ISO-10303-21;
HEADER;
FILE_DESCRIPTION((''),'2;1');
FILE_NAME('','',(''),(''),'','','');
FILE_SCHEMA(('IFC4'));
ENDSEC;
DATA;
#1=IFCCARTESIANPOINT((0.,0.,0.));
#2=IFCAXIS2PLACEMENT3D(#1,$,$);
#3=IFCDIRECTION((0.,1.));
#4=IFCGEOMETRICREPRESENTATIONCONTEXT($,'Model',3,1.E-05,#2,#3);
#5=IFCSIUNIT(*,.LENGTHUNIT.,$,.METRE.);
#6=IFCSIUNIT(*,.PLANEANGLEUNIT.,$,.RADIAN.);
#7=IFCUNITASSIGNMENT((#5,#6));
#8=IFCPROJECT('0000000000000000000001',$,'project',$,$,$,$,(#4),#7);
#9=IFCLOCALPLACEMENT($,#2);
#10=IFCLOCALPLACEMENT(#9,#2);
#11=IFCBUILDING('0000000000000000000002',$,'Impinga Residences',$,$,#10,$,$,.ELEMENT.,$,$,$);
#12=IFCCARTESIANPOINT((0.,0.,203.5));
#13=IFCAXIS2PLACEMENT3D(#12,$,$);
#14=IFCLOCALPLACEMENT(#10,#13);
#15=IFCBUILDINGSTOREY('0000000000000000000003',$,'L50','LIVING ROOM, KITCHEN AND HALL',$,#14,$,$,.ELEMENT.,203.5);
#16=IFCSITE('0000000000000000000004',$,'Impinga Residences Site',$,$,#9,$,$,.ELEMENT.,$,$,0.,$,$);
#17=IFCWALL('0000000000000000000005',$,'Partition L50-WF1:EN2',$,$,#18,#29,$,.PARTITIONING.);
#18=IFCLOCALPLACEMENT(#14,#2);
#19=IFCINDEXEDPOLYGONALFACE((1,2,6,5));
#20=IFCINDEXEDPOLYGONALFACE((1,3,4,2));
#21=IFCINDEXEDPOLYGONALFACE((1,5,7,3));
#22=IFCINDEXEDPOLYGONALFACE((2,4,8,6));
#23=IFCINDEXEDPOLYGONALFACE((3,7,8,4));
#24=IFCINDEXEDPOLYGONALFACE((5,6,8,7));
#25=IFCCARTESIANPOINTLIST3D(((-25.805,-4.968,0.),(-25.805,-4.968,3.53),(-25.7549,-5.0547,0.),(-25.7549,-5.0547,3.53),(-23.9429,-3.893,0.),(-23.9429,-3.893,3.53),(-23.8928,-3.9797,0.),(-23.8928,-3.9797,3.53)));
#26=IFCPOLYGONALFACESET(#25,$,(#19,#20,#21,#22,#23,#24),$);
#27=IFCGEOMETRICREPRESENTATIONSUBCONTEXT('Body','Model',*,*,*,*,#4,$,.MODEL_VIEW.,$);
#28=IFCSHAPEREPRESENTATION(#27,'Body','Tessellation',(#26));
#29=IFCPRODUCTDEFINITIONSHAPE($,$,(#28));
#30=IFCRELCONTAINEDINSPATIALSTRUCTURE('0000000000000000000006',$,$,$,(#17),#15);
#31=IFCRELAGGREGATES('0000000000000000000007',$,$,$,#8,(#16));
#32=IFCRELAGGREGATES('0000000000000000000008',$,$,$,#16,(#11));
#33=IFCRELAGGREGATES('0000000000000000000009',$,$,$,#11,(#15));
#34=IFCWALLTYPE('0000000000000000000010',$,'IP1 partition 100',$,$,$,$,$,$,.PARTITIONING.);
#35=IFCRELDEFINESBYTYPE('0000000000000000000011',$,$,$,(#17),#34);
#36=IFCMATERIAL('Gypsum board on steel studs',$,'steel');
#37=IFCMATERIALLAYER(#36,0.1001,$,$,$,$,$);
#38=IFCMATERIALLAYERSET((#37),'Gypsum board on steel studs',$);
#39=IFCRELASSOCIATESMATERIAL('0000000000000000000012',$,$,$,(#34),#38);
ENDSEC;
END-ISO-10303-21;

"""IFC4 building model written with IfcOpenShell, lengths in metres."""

from ifc_helpers import new_model, si_unit, direction, frame, frame_2d, origin, place, context, subcontext, project, spatial, rectangle, extrude, material, layer, layer_set, type_object, element, save


model = new_model("IFC4")

# Units and contexts
model_context = context("Model", 3, precision=1e-05, world=origin(), true_north=direction((0.0, 1.0)))
body_context = subcontext(model_context, "Body", "Model", "MODEL_VIEW")
ifc_project = project(units=[si_unit("LENGTHUNIT", "METRE"), si_unit("PLANEANGLEUNIT", "RADIAN")], contexts=[model_context])

# Site, building, storey
site_placement = place(None, origin())
site = spatial("IfcSite", under=ifc_project, at=site_placement, Name="Impinga Residences Site", CompositionType="ELEMENT", RefElevation=0.0)
building_placement = place(site_placement, origin())
building = spatial("IfcBuilding", under=site, at=building_placement, Name="Impinga Residences", CompositionType="ELEMENT")
storey_placement = place(building_placement, frame((0.0, 0.0, 203.5)))
storey = spatial("IfcBuildingStorey", under=building, at=storey_placement, Name="L50", Description="LIVING ROOM, KITCHEN AND HALL", CompositionType="ELEMENT", Elevation=203.5)

# Shared definitions
ifc_material_1 = material(Name="Gypsum board on steel studs", Category="steel")
ifc_layer = layer(ifc_material_1, 0.1001)
ifc_layer_set = layer_set([ifc_layer], Name="Gypsum board on steel studs")
wall_type = type_object("IfcWallType", Name="IP1 partition 100", PredefinedType="PARTITIONING", material=ifc_layer_set)

# Wall
wall_1_placement = place(storey_placement, frame((-23.9177, -3.9363, 0.0), z_axis=(0.0, 0.0, 1.0), x_axis=(-0.866048, -0.499962, 0.0)))
element("IfcWall", 1, at=wall_1_placement, inside=storey, type_object=wall_type, Name="Partition L50-WF1:EN2", PredefinedType="PARTITIONING", context=body_context, shape_type="SweptSolid", body=[
    extrude(rectangle(XDim=2.1501, YDim=0.1001, at=frame_2d((1.0752, 0.0))), origin(), (0.0, 0.0, 1.0), 3.53),
])

save(model, "model.ifc")
